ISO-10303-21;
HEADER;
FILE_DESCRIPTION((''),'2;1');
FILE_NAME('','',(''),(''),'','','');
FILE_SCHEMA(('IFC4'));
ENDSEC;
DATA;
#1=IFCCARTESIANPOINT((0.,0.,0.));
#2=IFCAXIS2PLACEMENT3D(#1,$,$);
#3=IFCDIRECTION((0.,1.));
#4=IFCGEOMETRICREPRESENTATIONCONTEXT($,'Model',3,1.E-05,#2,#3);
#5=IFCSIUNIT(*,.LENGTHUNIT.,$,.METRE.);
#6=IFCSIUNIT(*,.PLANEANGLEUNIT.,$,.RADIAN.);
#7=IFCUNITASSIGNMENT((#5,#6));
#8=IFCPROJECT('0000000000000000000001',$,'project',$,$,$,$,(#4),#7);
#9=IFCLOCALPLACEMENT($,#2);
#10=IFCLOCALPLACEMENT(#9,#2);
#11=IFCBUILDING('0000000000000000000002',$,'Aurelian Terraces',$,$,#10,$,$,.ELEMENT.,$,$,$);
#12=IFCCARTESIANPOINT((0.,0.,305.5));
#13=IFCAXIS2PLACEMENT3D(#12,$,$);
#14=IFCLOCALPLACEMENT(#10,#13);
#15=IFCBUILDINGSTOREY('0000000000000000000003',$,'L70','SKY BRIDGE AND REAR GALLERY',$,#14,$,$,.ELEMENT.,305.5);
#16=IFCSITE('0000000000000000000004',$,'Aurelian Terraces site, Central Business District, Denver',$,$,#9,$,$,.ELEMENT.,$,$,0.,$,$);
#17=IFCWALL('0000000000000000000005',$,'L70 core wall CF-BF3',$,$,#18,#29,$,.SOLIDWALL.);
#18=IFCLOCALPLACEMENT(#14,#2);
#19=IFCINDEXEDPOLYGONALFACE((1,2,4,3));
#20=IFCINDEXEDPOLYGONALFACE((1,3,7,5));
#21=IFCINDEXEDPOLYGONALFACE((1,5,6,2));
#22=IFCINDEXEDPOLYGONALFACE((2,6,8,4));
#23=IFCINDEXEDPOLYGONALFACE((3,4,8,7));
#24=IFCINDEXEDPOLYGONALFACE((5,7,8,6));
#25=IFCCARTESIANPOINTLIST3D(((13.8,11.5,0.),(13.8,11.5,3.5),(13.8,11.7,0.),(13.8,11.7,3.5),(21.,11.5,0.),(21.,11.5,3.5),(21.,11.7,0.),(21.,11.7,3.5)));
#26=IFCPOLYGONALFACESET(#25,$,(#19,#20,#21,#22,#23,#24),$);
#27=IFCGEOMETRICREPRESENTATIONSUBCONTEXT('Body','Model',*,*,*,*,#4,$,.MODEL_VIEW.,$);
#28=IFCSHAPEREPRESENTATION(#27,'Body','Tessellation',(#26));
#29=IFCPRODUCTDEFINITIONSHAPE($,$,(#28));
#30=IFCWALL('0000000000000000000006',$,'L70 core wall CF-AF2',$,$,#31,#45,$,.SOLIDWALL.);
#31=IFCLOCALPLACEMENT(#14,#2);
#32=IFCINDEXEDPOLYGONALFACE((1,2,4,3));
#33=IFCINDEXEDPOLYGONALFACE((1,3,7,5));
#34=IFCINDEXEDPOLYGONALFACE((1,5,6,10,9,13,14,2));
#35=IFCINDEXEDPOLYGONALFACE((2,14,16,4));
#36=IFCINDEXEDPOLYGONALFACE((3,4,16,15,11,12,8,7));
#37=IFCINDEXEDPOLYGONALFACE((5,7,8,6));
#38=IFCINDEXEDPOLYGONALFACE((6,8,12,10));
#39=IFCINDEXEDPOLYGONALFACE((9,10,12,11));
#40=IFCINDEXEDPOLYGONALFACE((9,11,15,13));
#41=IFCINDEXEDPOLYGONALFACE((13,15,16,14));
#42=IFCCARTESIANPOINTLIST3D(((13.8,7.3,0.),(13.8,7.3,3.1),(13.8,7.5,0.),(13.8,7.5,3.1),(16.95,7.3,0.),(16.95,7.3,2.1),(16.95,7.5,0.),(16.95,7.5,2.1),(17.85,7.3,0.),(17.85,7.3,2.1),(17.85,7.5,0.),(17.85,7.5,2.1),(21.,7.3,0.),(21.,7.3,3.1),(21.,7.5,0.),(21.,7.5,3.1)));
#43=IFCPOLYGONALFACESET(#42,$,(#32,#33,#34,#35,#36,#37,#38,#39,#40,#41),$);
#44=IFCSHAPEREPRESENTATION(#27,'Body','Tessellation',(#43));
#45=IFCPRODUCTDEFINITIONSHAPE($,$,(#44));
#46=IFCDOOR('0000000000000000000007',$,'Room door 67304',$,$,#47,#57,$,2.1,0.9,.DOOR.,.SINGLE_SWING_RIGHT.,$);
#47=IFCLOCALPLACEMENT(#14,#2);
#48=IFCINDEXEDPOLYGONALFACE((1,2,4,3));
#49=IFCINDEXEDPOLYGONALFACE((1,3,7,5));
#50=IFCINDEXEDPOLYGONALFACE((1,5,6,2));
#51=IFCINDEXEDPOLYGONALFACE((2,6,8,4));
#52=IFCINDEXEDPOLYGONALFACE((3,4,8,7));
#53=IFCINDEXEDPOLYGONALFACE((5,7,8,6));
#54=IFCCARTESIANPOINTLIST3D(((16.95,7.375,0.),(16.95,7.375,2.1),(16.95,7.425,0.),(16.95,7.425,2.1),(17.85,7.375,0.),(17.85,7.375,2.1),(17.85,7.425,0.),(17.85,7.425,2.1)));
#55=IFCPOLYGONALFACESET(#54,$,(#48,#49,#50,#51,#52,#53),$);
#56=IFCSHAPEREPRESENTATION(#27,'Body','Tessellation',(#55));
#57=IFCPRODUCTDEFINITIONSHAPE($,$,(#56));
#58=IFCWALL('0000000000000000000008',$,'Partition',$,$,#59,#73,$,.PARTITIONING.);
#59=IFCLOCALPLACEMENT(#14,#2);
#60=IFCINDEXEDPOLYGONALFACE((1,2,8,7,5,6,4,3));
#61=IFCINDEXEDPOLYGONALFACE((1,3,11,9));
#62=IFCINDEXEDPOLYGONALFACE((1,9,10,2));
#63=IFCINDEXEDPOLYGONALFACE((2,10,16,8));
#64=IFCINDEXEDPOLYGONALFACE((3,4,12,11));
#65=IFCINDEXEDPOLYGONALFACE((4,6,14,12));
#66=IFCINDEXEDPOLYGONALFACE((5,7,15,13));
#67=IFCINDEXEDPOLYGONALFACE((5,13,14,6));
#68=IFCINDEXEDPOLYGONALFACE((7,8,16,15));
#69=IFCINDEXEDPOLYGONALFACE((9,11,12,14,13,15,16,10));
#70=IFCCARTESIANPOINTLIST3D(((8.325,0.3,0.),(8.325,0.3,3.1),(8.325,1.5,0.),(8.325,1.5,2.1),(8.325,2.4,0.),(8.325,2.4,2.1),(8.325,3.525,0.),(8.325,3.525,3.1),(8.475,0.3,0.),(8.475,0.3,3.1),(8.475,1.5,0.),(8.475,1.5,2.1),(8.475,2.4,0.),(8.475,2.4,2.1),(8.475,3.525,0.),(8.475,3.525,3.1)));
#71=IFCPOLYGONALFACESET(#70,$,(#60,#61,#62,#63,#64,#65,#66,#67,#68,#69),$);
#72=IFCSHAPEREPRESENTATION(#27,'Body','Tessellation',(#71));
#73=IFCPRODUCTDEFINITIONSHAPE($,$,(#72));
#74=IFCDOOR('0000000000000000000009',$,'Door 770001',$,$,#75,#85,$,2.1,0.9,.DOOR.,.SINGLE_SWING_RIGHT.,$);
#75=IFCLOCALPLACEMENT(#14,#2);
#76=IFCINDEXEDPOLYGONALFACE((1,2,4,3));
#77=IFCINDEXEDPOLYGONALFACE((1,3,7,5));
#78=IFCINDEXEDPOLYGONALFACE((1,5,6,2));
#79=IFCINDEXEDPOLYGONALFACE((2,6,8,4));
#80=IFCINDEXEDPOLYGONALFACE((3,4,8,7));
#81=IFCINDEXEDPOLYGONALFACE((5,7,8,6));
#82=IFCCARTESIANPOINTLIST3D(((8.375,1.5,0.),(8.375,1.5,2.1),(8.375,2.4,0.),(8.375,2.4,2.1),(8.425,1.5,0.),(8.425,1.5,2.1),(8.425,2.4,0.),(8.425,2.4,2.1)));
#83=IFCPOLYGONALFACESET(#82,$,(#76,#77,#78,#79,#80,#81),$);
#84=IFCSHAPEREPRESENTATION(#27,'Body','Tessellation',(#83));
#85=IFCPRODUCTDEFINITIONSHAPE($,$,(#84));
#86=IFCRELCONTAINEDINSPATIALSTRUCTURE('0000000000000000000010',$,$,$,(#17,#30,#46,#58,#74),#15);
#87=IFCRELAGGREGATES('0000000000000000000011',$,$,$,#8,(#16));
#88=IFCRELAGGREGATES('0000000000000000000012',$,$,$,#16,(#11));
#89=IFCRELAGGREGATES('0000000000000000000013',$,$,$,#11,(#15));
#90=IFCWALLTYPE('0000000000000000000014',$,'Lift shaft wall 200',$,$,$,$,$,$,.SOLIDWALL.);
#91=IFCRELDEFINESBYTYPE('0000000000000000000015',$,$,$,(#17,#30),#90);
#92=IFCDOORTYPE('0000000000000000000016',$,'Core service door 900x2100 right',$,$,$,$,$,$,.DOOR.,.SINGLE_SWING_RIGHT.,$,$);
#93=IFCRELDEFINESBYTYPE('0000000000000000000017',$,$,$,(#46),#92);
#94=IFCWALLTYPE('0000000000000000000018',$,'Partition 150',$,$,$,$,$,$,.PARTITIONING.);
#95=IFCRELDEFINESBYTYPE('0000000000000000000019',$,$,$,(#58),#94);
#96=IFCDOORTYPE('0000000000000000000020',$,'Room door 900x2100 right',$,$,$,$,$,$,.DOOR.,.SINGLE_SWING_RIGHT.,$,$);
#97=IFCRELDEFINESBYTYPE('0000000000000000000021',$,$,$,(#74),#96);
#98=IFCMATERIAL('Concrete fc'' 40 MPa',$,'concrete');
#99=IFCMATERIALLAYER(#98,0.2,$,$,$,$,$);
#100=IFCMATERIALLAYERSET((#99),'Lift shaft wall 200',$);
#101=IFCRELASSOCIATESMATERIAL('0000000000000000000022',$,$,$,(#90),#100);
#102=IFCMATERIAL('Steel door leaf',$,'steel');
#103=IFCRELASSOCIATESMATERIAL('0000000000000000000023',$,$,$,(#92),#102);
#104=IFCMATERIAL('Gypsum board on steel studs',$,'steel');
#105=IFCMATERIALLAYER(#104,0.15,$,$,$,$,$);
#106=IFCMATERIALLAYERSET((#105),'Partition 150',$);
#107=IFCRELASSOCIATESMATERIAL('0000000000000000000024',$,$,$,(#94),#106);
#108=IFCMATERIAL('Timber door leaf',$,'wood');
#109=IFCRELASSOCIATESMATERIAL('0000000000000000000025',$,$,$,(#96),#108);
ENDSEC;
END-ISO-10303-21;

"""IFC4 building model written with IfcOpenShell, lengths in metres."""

from ifc_helpers import new_model, si_unit, direction, frame, frame_2d, origin, place, context, subcontext, project, spatial, rectangle, extrude, source, transform, mapped, material, layer, layer_set, type_object, element, fill, save


model = new_model("IFC4")

# Units and contexts
model_context = context("Model", 3, precision=1e-05, world=origin(), true_north=direction((0.0, 1.0)))
body_context = subcontext(model_context, "Body", "Model", "MODEL_VIEW")
ifc_project = project(units=[si_unit("LENGTHUNIT", "METRE"), si_unit("PLANEANGLEUNIT", "RADIAN")], contexts=[model_context])

# Site, building, storey
site_placement = place(None, origin())
site = spatial("IfcSite", under=ifc_project, at=site_placement, Name="Aurelian Terraces site, Central Business District, Denver", CompositionType="ELEMENT", RefElevation=0.0)
building_placement = place(site_placement, origin())
building = spatial("IfcBuilding", under=site, at=building_placement, Name="Aurelian Terraces", CompositionType="ELEMENT")
storey_placement = place(building_placement, frame((0.0, 0.0, 305.5)))
storey = spatial("IfcBuildingStorey", under=building, at=storey_placement, Name="L70", Description="SKY BRIDGE AND REAR GALLERY", CompositionType="ELEMENT", Elevation=305.5)

# Shared definitions
ifc_material_1 = material(Name="Concrete fc' 40 MPa", Category="concrete")
ifc_layer_1 = layer(ifc_material_1, 0.2)
ifc_layer_set_1 = layer_set([ifc_layer_1], Name="Lift shaft wall 200")
wall_type_1 = type_object("IfcWallType", Name="Lift shaft wall 200", PredefinedType="SOLIDWALL", material=ifc_layer_set_1)

# Shared definitions
shared_shape_1 = source(origin(), body_context, "Body", "SweptSolid", [
    extrude(rectangle(XDim=0.9, YDim=2.1, at=frame_2d((0.45, 1.05))), frame((0.0, 0.11, 0.0), z_axis=(0.0, -1.0, 0.0), x_axis=(1.0, 0.0, 0.0)), (0.0, 0.0, 1.0), 0.22),
])
ifc_material_2 = material(Name="Steel door leaf", Category="steel")
shared_shape_2 = source(origin(), body_context, "Body", "SweptSolid", [
    extrude(rectangle(XDim=0.9, YDim=2.1, at=frame_2d((0.45, 1.05))), frame((0.0, 0.025, 0.0), z_axis=(0.0, -1.0, 0.0), x_axis=(1.0, 0.0, 0.0)), (0.0, 0.0, 1.0), 0.05),
])

# Wall
shared_shape_3 = source(origin(), body_context, "Body", "SweptSolid", [
    extrude(rectangle(XDim=7.2, YDim=0.2, at=frame_2d((3.6, 0.0))), origin(), (0.0, 0.0, 1.0), 3.5),
])
wall_1_placement = place(storey_placement, frame((13.8, 11.6, 0.0), z_axis=(0.0, 0.0, 1.0), x_axis=(1.0, 0.0, 0.0)))
element("IfcWall", 1, at=wall_1_placement, inside=storey, type_object=wall_type_1, Name="L70 core wall CF-BF3", PredefinedType="SOLIDWALL", context=body_context, shape_type="MappedRepresentation", body=[
    mapped(shared_shape_3, transform((0.0, 0.0, 0.0), scale=1.0)),
])

# Walls, openings, doors
shared_shape_4 = source(origin(), body_context, "Body", "SweptSolid", [
    extrude(rectangle(XDim=7.2, YDim=0.2, at=frame_2d((3.6, 0.0))), origin(), (0.0, 0.0, 1.0), 3.1),
])
wall_2_placement = place(storey_placement, frame((13.8, 7.4, 0.0), z_axis=(0.0, 0.0, 1.0), x_axis=(1.0, 0.0, 0.0)))
wall_2 = element("IfcWall", 2, at=wall_2_placement, inside=storey, type_object=wall_type_1, Name="L70 core wall CF-AF2", PredefinedType="SOLIDWALL", context=body_context, shape_type="MappedRepresentation", body=[
    mapped(shared_shape_4, transform((0.0, 0.0, 0.0), scale=1.0)),
])
opening_1_placement = place(wall_2_placement, frame((3.15, 0.0, 0.0)))
opening_1 = element("IfcOpeningElement", 3, at=opening_1_placement, cuts=wall_2, PredefinedType="OPENING", context=body_context, shape_type="MappedRepresentation", body=[
    mapped(shared_shape_1, transform((0.0, 0.0, 0.0), scale=1.0)),
])
door_type_1 = type_object("IfcDoorType", Name="Core service door 900x2100 right", OperationType="SINGLE_SWING_RIGHT", PredefinedType="DOOR", material=ifc_material_2)
door_1_placement = place(opening_1_placement, origin())
door_1 = element("IfcDoor", 4, at=door_1_placement, inside=storey, type_object=door_type_1, Name="Room door 67304", OperationType="SINGLE_SWING_RIGHT", OverallHeight=2.1, OverallWidth=0.9, PredefinedType="DOOR", context=body_context, shape_type="MappedRepresentation", body=[
    mapped(shared_shape_2, transform((0.0, 0.0, 0.0), scale=1.0)),
])
fill(opening_1, door_1)
ifc_material_3 = material(Name="Gypsum board on steel studs", Category="steel")
ifc_layer_2 = layer(ifc_material_3, 0.15)
ifc_layer_set_2 = layer_set([ifc_layer_2], Name="Partition 150")
wall_type_2 = type_object("IfcWallType", Name="Partition 150", PredefinedType="PARTITIONING", material=ifc_layer_set_2)
shared_shape_5 = source(origin(), body_context, "Body", "SweptSolid", [
    extrude(rectangle(XDim=3.225, YDim=0.15, at=frame_2d((1.6125, 0.0))), origin(), (0.0, 0.0, 1.0), 3.1),
])
wall_3_placement = place(storey_placement, frame((8.4, 3.525, 0.0), z_axis=(0.0, 0.0, 1.0), x_axis=(0.0, -1.0, 0.0)))
wall_3 = element("IfcWall", 5, at=wall_3_placement, inside=storey, type_object=wall_type_2, Name="Partition", PredefinedType="PARTITIONING", context=body_context, shape_type="MappedRepresentation", body=[
    mapped(shared_shape_5, transform((0.0, 0.0, 0.0), scale=1.0)),
])
shared_shape_6 = source(origin(), body_context, "Body", "SweptSolid", [
    extrude(rectangle(XDim=0.9, YDim=2.1, at=frame_2d((0.45, 1.05))), frame((0.0, 0.085, 0.0), z_axis=(0.0, -1.0, 0.0), x_axis=(1.0, 0.0, 0.0)), (0.0, 0.0, 1.0), 0.17),
])
opening_2_placement = place(wall_3_placement, frame((1.125, 0.0, 0.0)))
opening_2 = element("IfcOpeningElement", 6, at=opening_2_placement, cuts=wall_3, PredefinedType="OPENING", context=body_context, shape_type="MappedRepresentation", body=[
    mapped(shared_shape_6, transform((0.0, 0.0, 0.0), scale=1.0)),
])
ifc_material_4 = material(Name="Timber door leaf", Category="wood")
door_type_2 = type_object("IfcDoorType", Name="Room door 900x2100 right", OperationType="SINGLE_SWING_RIGHT", PredefinedType="DOOR", material=ifc_material_4)
door_2_placement = place(opening_2_placement, origin())
door_2 = element("IfcDoor", 7, at=door_2_placement, inside=storey, type_object=door_type_2, Name="Door 770001", OperationType="SINGLE_SWING_RIGHT", OverallHeight=2.1, OverallWidth=0.9, PredefinedType="DOOR", context=body_context, shape_type="MappedRepresentation", body=[
    mapped(shared_shape_2, transform((0.0, 0.0, 0.0), scale=1.0)),
])
fill(opening_2, door_2)

save(model, "model.ifc")
